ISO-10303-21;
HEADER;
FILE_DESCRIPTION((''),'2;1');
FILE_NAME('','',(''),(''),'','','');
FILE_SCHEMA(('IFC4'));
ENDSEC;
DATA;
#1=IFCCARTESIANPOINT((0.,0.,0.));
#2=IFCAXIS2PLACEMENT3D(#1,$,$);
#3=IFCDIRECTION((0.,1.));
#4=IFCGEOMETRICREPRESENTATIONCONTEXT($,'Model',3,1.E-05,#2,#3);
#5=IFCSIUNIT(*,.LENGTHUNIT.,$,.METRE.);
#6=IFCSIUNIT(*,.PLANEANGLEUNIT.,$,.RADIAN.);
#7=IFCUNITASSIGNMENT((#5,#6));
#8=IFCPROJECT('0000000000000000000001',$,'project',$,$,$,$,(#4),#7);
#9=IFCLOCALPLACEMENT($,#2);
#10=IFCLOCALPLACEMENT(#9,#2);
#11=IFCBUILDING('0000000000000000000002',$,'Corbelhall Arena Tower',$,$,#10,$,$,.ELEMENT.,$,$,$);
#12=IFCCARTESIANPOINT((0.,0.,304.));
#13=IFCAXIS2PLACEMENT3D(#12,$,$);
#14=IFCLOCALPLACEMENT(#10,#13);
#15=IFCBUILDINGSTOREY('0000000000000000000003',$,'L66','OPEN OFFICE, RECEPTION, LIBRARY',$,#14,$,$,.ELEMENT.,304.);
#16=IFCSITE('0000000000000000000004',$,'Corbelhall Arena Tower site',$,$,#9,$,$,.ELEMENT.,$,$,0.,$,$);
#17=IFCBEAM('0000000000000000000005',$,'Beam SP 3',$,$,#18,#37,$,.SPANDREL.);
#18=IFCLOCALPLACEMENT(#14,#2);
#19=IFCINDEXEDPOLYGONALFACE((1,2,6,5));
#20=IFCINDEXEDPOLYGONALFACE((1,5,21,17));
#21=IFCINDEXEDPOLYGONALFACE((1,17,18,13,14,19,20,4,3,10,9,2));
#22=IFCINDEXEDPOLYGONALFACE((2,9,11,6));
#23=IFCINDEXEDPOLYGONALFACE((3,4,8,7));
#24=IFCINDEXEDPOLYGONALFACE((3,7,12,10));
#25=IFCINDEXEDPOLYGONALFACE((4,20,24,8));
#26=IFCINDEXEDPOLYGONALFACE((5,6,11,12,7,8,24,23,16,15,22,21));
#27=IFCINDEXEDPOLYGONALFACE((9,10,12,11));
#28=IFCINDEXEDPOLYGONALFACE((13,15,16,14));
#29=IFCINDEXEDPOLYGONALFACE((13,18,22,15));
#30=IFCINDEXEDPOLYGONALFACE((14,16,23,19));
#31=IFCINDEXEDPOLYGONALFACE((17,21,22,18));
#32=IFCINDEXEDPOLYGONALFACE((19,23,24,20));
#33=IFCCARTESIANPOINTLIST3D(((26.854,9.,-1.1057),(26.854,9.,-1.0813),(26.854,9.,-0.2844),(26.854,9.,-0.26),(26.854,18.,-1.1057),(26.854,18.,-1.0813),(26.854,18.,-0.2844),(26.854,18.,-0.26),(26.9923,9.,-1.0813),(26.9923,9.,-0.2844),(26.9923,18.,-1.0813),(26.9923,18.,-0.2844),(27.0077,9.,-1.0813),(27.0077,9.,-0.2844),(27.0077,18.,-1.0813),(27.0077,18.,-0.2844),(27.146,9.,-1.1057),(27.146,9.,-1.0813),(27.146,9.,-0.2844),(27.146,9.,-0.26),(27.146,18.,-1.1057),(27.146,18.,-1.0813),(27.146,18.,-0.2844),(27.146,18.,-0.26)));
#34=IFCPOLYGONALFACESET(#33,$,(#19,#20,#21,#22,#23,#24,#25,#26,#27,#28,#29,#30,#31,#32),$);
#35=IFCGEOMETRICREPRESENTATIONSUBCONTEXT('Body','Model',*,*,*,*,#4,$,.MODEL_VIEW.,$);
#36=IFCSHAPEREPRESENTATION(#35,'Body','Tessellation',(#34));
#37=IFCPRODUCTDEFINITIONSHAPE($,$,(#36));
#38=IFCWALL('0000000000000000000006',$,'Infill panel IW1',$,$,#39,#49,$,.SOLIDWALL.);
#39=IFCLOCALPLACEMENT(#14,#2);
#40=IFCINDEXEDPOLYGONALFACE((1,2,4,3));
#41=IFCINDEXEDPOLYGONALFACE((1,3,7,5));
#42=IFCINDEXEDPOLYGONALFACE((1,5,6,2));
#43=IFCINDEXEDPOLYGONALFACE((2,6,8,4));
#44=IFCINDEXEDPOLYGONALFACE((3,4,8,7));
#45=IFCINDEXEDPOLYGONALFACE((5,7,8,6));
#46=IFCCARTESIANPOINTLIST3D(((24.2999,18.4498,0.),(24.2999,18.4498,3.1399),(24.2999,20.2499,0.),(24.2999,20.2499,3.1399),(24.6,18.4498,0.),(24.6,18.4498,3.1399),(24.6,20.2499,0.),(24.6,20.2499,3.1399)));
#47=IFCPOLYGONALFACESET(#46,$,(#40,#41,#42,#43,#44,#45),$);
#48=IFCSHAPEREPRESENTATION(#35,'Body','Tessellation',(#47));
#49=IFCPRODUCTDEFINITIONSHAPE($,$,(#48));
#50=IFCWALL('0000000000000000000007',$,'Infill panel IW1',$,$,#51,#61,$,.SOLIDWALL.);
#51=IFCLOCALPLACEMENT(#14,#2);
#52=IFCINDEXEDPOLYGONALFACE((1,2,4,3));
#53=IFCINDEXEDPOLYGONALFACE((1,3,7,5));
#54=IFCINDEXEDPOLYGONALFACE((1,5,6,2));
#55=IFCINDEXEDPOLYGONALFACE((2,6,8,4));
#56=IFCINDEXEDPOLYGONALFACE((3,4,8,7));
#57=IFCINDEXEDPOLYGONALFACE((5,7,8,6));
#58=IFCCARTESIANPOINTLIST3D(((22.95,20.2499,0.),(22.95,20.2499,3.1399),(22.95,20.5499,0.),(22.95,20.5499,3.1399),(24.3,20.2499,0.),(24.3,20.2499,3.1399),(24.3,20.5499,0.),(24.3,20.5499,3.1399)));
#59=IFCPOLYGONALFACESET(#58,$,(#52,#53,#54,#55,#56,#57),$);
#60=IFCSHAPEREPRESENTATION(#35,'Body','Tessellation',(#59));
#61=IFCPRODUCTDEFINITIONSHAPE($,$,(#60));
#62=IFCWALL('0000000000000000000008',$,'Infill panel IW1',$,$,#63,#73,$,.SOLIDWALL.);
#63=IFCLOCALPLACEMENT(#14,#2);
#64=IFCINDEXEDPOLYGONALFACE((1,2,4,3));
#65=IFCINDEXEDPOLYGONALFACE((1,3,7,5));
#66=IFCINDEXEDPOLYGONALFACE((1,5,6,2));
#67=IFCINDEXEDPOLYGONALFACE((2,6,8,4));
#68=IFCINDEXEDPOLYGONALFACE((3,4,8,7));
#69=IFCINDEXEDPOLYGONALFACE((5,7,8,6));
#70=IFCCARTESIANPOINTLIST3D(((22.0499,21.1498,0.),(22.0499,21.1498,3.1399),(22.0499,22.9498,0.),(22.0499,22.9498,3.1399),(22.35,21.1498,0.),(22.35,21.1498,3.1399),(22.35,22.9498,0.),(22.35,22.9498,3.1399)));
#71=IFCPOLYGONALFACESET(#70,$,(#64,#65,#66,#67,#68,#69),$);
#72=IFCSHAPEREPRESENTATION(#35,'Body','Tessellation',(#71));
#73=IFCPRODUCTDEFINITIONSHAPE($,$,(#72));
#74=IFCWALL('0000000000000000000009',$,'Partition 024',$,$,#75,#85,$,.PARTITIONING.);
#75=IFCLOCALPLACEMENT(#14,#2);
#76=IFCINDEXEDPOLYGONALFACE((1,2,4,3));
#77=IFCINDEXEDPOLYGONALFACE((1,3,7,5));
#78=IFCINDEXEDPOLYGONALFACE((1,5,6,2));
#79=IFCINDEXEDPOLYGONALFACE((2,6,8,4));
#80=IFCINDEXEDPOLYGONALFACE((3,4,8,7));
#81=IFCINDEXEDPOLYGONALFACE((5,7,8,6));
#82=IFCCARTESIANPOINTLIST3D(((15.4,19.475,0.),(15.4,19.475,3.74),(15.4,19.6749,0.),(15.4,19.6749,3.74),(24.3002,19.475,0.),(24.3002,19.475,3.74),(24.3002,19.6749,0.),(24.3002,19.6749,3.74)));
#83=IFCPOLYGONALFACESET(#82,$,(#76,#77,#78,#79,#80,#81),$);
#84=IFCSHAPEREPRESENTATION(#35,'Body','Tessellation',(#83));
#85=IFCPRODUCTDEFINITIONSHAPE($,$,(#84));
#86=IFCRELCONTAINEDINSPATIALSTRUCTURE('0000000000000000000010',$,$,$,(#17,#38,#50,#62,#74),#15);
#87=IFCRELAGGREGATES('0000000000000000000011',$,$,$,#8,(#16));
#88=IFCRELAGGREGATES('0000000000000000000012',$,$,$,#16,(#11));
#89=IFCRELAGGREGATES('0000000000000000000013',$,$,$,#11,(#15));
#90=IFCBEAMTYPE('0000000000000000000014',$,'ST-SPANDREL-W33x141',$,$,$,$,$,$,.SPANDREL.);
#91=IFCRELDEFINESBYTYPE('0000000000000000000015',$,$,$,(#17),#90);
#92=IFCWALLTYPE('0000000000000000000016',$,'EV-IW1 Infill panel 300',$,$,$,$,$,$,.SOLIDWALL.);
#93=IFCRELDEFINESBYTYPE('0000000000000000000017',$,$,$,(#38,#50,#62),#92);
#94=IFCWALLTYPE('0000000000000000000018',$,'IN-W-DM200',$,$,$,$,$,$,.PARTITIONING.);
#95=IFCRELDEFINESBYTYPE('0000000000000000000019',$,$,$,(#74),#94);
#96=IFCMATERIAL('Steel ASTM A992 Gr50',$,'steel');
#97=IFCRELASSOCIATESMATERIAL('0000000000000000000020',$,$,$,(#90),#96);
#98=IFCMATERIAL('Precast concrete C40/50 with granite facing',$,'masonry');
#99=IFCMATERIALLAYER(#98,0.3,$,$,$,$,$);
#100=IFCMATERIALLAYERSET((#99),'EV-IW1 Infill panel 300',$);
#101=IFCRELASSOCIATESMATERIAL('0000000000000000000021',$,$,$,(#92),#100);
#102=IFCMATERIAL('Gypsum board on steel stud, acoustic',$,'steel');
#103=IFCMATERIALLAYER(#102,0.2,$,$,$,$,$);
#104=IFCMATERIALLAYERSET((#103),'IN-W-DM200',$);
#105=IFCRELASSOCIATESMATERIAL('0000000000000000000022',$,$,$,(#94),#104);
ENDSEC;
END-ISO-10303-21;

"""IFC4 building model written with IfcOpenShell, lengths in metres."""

from ifc_helpers import new_model, si_unit, direction, frame, frame_2d, origin, origin_2d, place, context, subcontext, project, spatial, rectangle, i_section, extrude, material, layer, layer_set, material_profile, profile_set, type_object, element, save


model = new_model("IFC4")

# Units and contexts
model_context = context("Model", 3, precision=1e-05, world=origin(), true_north=direction((0.0, 1.0)))
body_context = subcontext(model_context, "Body", "Model", "MODEL_VIEW")
ifc_project = project(units=[si_unit("LENGTHUNIT", "METRE"), si_unit("PLANEANGLEUNIT", "RADIAN")], contexts=[model_context])

# Site, building, storey
site_placement = place(None, origin())
site = spatial("IfcSite", under=ifc_project, at=site_placement, Name="Corbelhall Arena Tower site", CompositionType="ELEMENT", RefElevation=0.0)
building_placement = place(site_placement, origin())
building = spatial("IfcBuilding", under=site, at=building_placement, Name="Corbelhall Arena Tower", CompositionType="ELEMENT")
storey_placement = place(building_placement, frame((0.0, 0.0, 304.0)))
storey = spatial("IfcBuildingStorey", under=building, at=storey_placement, Name="L66", Description="OPEN OFFICE, RECEPTION, LIBRARY", CompositionType="ELEMENT", Elevation=304.0)

# Beam
ifc_material_1 = material(Name="Steel ASTM A992 Gr50", Category="steel")
ifc_material_profile_1 = material_profile(ifc_material_1, i_section(OverallWidth=0.292, OverallDepth=0.8457, WebThickness=0.0154, FlangeThickness=0.0244, at=origin_2d()))
ifc_profile_set_1 = profile_set([ifc_material_profile_1], Name="Steel ASTM A992 Gr50")
beam_type_1 = type_object("IfcBeamType", Name="ST-SPANDREL-W33x141", PredefinedType="SPANDREL", material=ifc_profile_set_1)
beam_1_placement = place(storey_placement, frame((27.0, 18.0, -0.6829), z_axis=(0.0, -1.0, 0.0), x_axis=(1.0, 0.0, 0.0)))
element("IfcBeam", 1, at=beam_1_placement, inside=storey, type_object=beam_type_1, Name="Beam SP 3", PredefinedType="SPANDREL", context=body_context, shape_type="SweptSolid", body=[
    extrude(i_section(OverallWidth=0.292, OverallDepth=0.8457, WebThickness=0.0154, FlangeThickness=0.0244, at=origin_2d()), origin(), (0.0, 0.0, 1.0), 9.0),
])

# Walls
ifc_material_2 = material(Name="Precast concrete C40/50 with granite facing", Category="masonry")
ifc_layer_1 = layer(ifc_material_2, 0.3)
ifc_layer_set_1 = layer_set([ifc_layer_1], Name="EV-IW1 Infill panel 300")
wall_type_1 = type_object("IfcWallType", Name="EV-IW1 Infill panel 300", PredefinedType="SOLIDWALL", material=ifc_layer_set_1)
wall_1_placement = place(storey_placement, frame((24.45, 18.45, 0.0), z_axis=(0.0, 0.0, 1.0), x_axis=(0.0, 1.0, 0.0)))
element("IfcWall", 2, at=wall_1_placement, inside=storey, type_object=wall_type_1, Name="Infill panel IW1", PredefinedType="SOLIDWALL", context=body_context, shape_type="SweptSolid", body=[
    extrude(rectangle(XDim=1.8, YDim=0.3, at=frame_2d((0.8999, 0.0))), origin(), (0.0, 0.0, 1.0), 3.1399),
])
wall_2_placement = place(storey_placement, frame((24.3, 20.3999, 0.0), z_axis=(0.0, 0.0, 1.0), x_axis=(-1.0, 0.0, 0.0)))
element("IfcWall", 3, at=wall_2_placement, inside=storey, type_object=wall_type_1, Name="Infill panel IW1", PredefinedType="SOLIDWALL", context=body_context, shape_type="SweptSolid", body=[
    extrude(rectangle(XDim=1.3501, YDim=0.3, at=frame_2d((0.675, 0.0))), origin(), (0.0, 0.0, 1.0), 3.1399),
])
wall_3_placement = place(storey_placement, frame((22.2, 21.1499, 0.0), z_axis=(0.0, 0.0, 1.0), x_axis=(0.0, 1.0, 0.0)))
element("IfcWall", 4, at=wall_3_placement, inside=storey, type_object=wall_type_1, Name="Infill panel IW1", PredefinedType="SOLIDWALL", context=body_context, shape_type="SweptSolid", body=[
    extrude(rectangle(XDim=1.8, YDim=0.3, at=frame_2d((0.8999, 0.0))), origin(), (0.0, 0.0, 1.0), 3.1399),
])

# Shared definitions
ifc_material_3 = material(Name="Gypsum board on steel stud, acoustic", Category="steel")
ifc_layer_2 = layer(ifc_material_3, 0.2)
ifc_layer_set_2 = layer_set([ifc_layer_2], Name="IN-W-DM200")
wall_type_2 = type_object("IfcWallType", Name="IN-W-DM200", PredefinedType="PARTITIONING", material=ifc_layer_set_2)

# Wall
wall_4_placement = place(storey_placement, frame((15.3999, 19.575, 0.0), z_axis=(0.0, 0.0, 1.0), x_axis=(1.0, 0.0, 0.0)))
element("IfcWall", 5, at=wall_4_placement, inside=storey, type_object=wall_type_2, Name="Partition 024", PredefinedType="PARTITIONING", context=body_context, shape_type="SweptSolid", body=[
    extrude(rectangle(XDim=8.9001, YDim=0.2, at=frame_2d((4.4502, 0.0))), origin(), (0.0, 0.0, 1.0), 3.74),
])

save(model, "model.ifc")
